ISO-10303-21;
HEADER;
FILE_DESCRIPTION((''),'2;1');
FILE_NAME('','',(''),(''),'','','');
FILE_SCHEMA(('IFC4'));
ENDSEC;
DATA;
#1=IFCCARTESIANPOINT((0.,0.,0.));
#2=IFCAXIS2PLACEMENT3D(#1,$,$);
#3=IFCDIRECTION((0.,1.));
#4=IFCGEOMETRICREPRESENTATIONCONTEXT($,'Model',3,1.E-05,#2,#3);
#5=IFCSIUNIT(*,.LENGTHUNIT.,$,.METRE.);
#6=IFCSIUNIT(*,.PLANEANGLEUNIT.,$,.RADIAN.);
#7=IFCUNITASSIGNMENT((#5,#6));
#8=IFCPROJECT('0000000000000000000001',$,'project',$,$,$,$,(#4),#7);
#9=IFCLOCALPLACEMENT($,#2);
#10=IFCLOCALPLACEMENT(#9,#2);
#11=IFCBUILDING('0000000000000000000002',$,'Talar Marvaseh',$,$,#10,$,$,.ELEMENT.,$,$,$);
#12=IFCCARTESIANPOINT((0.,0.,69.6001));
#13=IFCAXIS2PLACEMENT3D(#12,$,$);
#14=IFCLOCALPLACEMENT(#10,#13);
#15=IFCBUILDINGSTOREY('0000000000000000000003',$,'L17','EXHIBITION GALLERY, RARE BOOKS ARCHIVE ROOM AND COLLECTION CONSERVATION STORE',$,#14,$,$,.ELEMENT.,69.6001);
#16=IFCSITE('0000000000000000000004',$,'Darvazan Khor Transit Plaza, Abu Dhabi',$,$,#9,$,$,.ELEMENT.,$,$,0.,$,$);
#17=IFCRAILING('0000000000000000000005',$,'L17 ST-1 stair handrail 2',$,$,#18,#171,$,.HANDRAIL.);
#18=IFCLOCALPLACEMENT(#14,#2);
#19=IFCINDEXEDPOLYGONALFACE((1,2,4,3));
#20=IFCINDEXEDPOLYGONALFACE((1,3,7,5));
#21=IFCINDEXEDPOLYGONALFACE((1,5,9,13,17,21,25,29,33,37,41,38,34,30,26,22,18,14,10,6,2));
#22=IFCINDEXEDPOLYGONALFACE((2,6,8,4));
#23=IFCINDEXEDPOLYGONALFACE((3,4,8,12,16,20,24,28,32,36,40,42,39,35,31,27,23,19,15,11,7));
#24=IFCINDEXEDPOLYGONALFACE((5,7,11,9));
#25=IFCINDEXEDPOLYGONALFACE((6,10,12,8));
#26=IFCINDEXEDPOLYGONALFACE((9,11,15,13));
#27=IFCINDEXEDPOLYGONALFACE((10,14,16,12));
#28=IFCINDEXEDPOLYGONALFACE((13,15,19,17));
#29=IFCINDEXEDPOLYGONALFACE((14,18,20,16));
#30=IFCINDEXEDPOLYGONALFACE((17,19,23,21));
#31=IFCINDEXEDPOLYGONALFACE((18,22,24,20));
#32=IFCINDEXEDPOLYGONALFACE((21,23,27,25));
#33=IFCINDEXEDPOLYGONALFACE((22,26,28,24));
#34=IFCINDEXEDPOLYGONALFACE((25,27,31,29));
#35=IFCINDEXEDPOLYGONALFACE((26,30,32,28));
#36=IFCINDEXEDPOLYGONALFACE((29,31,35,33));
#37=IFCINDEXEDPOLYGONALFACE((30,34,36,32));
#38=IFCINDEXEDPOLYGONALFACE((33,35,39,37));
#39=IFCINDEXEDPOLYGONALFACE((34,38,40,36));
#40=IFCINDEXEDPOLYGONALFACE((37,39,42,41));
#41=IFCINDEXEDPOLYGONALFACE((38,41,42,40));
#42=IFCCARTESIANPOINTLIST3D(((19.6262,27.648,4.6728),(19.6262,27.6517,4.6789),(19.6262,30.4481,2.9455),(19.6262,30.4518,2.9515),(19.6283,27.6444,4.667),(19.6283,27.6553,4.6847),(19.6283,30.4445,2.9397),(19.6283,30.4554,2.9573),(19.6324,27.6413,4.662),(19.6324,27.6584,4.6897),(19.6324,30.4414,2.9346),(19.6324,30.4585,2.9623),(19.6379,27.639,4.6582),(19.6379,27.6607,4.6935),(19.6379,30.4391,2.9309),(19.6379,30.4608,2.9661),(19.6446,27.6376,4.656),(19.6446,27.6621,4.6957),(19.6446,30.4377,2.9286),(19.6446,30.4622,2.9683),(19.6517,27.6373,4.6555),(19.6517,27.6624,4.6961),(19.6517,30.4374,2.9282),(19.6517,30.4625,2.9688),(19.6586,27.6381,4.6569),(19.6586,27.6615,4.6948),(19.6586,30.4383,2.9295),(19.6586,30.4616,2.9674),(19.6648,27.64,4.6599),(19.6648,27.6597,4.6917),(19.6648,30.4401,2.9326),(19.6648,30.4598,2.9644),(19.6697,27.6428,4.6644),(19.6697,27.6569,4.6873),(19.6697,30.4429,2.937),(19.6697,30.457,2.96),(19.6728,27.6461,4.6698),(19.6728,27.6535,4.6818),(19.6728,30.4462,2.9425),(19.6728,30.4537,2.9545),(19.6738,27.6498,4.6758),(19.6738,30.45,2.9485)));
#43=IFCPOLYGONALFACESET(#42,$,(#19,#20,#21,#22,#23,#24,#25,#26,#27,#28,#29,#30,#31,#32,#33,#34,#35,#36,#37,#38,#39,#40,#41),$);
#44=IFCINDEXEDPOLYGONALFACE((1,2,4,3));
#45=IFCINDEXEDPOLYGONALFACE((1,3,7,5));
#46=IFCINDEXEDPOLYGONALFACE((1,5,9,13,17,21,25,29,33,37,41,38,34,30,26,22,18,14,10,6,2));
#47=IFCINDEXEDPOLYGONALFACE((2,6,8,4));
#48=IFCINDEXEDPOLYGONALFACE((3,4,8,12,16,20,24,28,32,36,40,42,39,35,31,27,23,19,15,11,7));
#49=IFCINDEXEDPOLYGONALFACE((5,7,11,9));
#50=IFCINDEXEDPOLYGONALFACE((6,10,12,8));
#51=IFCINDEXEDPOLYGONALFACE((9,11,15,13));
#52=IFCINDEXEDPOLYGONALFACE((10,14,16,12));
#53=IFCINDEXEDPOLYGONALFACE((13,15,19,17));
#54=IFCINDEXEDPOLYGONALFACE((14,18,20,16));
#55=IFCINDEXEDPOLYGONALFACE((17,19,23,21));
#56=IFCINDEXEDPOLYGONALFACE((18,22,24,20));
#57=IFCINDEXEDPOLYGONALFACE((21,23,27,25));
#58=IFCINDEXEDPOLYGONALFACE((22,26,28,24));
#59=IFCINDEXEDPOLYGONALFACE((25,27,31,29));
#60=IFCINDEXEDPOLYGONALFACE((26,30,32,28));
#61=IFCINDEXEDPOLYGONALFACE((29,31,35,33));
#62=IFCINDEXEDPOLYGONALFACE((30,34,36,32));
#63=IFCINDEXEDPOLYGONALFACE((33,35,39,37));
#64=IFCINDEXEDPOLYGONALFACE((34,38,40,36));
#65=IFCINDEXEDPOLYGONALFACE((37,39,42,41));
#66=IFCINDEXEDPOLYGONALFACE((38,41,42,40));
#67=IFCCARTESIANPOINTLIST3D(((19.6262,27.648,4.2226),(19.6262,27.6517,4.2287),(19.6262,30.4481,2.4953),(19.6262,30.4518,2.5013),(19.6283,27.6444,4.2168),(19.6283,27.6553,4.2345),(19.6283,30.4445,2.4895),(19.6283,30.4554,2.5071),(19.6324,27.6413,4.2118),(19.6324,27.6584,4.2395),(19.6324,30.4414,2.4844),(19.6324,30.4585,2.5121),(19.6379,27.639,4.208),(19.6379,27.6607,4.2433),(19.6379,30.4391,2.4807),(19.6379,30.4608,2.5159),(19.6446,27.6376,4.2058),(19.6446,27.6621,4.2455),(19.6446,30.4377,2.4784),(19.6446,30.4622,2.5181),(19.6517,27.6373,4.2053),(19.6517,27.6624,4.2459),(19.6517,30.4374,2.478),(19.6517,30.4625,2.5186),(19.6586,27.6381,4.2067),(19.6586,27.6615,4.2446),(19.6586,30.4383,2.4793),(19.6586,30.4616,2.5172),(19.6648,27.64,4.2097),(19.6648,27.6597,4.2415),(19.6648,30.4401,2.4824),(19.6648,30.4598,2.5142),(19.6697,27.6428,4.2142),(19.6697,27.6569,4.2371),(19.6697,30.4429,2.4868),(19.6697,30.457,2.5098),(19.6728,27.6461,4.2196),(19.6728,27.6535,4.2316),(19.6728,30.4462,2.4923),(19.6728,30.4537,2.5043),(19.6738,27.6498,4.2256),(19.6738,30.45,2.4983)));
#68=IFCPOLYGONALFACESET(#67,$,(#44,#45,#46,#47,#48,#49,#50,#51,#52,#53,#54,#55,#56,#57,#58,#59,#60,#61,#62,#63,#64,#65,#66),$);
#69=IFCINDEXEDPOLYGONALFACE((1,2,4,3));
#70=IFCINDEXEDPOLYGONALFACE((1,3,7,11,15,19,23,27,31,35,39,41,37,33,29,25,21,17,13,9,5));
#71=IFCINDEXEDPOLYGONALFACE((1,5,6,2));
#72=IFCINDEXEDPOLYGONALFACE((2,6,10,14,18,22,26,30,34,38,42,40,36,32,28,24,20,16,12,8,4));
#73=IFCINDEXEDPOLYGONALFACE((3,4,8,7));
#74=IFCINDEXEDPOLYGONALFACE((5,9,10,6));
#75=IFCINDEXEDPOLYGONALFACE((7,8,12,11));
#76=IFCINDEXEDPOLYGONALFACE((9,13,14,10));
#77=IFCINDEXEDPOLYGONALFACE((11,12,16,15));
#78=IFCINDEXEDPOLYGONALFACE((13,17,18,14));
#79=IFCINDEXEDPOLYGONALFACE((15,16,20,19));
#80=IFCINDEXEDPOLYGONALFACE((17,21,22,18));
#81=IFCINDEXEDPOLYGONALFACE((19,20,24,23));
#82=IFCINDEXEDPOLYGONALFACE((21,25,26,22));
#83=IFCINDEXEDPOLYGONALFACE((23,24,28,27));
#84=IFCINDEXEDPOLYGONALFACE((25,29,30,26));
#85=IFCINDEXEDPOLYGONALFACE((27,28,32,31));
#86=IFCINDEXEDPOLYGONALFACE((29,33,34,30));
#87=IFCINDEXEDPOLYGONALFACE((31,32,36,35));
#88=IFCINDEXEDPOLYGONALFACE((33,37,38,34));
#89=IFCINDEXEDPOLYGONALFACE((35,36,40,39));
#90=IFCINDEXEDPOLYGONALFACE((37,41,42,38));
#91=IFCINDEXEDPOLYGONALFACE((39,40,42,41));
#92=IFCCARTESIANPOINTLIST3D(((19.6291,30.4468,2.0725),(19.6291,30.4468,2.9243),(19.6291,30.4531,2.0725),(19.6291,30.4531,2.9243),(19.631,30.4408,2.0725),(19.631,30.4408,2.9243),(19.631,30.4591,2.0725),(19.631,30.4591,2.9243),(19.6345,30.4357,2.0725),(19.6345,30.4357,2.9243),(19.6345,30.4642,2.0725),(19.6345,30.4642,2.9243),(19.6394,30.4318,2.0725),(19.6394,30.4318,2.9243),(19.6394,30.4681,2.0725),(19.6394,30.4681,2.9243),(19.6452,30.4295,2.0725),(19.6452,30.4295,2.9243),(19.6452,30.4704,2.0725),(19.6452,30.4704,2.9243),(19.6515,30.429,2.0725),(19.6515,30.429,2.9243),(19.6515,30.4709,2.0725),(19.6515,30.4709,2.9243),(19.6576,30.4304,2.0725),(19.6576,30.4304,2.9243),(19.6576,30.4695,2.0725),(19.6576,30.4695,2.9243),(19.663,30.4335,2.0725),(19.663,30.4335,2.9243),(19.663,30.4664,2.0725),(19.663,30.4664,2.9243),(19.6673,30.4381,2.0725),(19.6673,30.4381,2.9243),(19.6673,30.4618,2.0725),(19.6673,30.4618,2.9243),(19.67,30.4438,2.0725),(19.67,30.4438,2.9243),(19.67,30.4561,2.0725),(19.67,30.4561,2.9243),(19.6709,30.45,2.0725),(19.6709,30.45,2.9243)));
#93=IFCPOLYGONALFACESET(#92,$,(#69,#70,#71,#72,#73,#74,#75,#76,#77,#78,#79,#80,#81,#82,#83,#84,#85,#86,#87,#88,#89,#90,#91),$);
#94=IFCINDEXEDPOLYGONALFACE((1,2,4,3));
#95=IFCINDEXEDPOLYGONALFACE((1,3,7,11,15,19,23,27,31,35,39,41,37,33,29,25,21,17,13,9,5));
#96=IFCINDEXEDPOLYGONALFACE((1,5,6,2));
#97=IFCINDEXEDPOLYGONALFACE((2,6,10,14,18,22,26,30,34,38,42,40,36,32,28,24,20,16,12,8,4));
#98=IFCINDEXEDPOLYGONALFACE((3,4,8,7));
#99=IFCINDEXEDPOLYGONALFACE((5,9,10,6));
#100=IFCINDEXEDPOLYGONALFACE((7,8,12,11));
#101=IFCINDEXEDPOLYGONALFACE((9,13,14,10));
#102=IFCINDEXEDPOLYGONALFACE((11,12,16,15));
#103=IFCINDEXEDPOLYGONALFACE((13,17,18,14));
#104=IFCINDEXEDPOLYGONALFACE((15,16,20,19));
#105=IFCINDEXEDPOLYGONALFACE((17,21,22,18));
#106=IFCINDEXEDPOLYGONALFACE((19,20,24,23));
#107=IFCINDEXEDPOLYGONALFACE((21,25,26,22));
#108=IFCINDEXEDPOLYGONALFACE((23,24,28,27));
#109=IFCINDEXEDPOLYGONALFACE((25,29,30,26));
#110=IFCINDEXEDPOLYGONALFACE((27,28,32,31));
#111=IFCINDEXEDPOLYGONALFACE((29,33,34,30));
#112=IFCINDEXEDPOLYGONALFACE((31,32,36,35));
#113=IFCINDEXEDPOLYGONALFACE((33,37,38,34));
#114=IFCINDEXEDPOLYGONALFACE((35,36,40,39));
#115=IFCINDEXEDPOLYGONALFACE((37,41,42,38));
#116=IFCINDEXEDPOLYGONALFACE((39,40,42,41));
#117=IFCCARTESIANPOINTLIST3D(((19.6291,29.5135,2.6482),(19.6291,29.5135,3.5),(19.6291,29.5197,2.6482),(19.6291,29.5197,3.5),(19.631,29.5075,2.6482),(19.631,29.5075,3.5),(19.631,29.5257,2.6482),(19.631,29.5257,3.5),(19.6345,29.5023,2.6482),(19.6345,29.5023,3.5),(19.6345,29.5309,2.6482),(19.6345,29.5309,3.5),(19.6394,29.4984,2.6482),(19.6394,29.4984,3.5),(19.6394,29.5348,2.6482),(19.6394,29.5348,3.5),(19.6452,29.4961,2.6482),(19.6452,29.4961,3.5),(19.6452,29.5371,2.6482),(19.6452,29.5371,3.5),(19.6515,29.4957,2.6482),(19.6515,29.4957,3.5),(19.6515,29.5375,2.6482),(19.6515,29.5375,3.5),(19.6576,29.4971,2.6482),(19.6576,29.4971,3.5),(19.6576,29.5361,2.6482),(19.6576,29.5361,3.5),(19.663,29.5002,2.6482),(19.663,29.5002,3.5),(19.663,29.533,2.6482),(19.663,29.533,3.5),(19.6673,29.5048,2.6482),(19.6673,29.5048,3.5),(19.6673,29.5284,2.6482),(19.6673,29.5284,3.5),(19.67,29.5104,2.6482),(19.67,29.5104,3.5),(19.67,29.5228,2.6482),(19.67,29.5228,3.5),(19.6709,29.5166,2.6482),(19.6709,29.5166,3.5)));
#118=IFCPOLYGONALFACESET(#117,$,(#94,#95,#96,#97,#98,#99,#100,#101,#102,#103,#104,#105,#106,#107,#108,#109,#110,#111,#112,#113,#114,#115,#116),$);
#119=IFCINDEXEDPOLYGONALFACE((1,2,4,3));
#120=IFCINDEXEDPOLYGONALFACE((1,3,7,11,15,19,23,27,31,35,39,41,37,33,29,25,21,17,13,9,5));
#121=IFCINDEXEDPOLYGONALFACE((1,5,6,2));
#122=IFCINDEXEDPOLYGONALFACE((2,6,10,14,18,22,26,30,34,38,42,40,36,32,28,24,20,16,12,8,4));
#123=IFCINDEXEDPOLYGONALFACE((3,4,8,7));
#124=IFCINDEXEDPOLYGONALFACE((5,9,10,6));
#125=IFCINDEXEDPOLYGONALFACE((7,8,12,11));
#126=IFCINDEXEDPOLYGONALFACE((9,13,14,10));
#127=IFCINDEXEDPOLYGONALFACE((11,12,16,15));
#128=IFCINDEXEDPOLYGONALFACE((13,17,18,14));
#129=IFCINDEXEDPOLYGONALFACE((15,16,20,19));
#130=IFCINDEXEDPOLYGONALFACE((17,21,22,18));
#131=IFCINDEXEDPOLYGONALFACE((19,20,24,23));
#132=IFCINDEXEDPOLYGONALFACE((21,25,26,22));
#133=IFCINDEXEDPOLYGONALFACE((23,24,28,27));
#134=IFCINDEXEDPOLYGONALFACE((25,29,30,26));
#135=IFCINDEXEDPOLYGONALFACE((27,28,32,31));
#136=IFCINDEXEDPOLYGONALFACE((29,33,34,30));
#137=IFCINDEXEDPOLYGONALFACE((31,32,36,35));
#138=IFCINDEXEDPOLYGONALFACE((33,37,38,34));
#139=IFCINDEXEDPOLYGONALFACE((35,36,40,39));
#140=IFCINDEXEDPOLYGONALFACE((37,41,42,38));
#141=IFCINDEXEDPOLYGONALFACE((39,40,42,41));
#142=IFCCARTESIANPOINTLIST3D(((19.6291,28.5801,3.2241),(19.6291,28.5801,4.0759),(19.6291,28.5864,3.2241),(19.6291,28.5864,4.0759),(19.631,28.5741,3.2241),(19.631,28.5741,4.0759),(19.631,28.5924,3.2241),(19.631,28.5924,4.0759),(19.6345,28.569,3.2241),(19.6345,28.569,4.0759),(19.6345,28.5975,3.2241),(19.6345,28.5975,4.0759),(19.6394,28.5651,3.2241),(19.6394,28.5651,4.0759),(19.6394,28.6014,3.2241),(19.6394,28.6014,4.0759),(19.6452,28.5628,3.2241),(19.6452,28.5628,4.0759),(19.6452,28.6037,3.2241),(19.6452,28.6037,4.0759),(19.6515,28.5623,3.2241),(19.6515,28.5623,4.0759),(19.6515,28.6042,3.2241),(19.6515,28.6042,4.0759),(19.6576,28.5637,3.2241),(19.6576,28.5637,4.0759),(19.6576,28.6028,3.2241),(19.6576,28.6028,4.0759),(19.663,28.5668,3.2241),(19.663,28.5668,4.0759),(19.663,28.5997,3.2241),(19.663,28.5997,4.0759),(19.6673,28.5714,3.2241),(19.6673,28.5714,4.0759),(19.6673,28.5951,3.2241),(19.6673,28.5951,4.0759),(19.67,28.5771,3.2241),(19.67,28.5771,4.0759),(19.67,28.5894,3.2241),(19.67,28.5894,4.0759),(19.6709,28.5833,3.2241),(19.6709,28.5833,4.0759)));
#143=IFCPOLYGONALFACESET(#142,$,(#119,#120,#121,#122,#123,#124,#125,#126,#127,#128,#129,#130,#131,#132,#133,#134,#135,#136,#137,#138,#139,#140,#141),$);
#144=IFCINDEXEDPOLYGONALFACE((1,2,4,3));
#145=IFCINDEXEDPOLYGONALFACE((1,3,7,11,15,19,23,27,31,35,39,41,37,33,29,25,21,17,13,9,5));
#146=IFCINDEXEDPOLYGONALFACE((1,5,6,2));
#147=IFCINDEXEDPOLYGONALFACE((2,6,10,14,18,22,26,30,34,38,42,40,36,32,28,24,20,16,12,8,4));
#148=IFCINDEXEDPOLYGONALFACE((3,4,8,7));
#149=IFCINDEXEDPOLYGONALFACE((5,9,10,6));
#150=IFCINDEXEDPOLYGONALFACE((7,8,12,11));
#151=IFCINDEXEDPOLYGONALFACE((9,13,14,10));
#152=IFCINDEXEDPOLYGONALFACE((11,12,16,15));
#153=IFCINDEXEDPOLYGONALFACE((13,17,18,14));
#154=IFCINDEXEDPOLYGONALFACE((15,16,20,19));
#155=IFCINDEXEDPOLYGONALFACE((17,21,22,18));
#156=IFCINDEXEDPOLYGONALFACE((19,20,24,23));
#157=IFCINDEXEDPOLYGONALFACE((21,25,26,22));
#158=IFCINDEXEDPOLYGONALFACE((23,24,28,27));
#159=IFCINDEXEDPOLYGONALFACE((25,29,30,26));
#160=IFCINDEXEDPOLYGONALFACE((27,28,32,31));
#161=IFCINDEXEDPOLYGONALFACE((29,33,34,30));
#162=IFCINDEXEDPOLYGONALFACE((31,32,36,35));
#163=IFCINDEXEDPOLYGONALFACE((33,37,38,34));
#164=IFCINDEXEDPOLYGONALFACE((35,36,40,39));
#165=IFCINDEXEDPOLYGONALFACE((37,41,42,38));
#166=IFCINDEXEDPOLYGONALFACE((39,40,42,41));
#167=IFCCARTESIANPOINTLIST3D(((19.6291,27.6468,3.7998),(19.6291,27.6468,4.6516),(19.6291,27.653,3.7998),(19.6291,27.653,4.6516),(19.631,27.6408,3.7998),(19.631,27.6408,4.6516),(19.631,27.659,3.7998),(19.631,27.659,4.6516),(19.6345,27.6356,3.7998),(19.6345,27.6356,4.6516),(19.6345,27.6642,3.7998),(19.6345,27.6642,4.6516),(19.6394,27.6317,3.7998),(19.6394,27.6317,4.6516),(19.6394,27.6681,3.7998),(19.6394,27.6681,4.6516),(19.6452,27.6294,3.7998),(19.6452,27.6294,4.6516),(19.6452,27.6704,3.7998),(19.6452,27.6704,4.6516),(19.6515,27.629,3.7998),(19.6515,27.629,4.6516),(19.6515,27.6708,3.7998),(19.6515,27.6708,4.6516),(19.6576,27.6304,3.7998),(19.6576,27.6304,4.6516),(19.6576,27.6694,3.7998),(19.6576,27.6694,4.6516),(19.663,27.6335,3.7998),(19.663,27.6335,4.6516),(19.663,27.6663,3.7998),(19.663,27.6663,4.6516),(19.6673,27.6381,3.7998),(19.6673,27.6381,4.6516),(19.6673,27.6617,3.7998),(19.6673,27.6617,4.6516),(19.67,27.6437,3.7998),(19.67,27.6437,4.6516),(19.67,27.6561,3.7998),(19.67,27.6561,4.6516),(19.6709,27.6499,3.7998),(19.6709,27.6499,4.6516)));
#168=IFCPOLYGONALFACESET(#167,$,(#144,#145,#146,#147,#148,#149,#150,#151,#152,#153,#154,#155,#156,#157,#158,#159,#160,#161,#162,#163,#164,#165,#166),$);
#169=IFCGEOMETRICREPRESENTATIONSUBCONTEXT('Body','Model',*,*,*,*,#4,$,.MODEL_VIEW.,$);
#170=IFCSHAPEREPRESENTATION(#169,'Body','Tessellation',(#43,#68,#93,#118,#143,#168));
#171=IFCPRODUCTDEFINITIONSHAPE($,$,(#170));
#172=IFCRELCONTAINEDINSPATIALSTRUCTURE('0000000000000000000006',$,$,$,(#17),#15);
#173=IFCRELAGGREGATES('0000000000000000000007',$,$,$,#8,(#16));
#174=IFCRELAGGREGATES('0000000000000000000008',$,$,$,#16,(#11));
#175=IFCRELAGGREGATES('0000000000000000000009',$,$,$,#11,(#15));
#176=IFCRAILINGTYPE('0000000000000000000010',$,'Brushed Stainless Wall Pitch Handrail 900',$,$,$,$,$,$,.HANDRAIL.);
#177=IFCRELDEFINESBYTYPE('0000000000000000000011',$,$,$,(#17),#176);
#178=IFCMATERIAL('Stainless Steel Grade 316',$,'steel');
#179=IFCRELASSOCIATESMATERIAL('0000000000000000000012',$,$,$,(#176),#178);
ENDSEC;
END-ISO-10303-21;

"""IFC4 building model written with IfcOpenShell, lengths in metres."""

from ifc_helpers import new_model, si_unit, direction, frame, origin, origin_2d, place, context, subcontext, project, spatial, circle, extrude, material, type_object, element, save


model = new_model("IFC4")

# Units and contexts
model_context = context("Model", 3, precision=1e-05, world=origin(), true_north=direction((0.0, 1.0)))
body_context = subcontext(model_context, "Body", "Model", "MODEL_VIEW")
ifc_project = project(units=[si_unit("LENGTHUNIT", "METRE"), si_unit("PLANEANGLEUNIT", "RADIAN")], contexts=[model_context])

# Site, building, storey
site_placement = place(None, origin())
site = spatial("IfcSite", under=ifc_project, at=site_placement, Name="Darvazan Khor Transit Plaza, Abu Dhabi", CompositionType="ELEMENT", RefElevation=0.0)
building_placement = place(site_placement, origin())
building = spatial("IfcBuilding", under=site, at=building_placement, Name="Talar Marvaseh", CompositionType="ELEMENT")
storey_placement = place(building_placement, frame((0.0, 0.0, 69.6001)))
storey = spatial("IfcBuildingStorey", under=building, at=storey_placement, Name="L17", Description="EXHIBITION GALLERY, RARE BOOKS ARCHIVE ROOM AND COLLECTION CONSERVATION STORE", CompositionType="ELEMENT", Elevation=69.6001)

# Railing
ifc_material_1 = material(Name="Stainless Steel Grade 316", Category="steel")
railing_type_1 = type_object("IfcRailingType", Name="Brushed Stainless Wall Pitch Handrail 900", PredefinedType="HANDRAIL", material=ifc_material_1)
railing_1_placement = place(storey_placement, frame((19.6499, 30.45, 2.0725)))
element("IfcRailing", 1, at=railing_1_placement, inside=storey, type_object=railing_type_1, Name="L17 ST-1 stair handrail 2", PredefinedType="HANDRAIL", context=body_context, shape_type="SweptSolid", body=[
    extrude(circle(Radius=0.0239, at=origin_2d()), frame((0.0, 0.0, 0.876), z_axis=(0.0, -0.85109, 0.52502), x_axis=(1.0, 0.0, 0.0)), (0.0, 0.0, 1.0), 3.29),
    extrude(circle(Radius=0.0239, at=origin_2d()), frame((0.0, 0.0, 0.4258), z_axis=(0.0, -0.85109, 0.52502), x_axis=(1.0, 0.0, 0.0)), (0.0, 0.0, 1.0), 3.29),
    extrude(circle(Radius=0.021, at=origin_2d()), origin(), (0.0, 0.0, 1.0), 0.8518),
    extrude(circle(Radius=0.021, at=origin_2d()), frame((0.0, -0.9333, 0.5757)), (0.0, 0.0, 1.0), 0.8518),
    extrude(circle(Radius=0.021, at=origin_2d()), frame((0.0, -1.8667, 1.1516)), (0.0, 0.0, 1.0), 0.8518),
    extrude(circle(Radius=0.021, at=origin_2d()), frame((0.0, -2.8, 1.7273)), (0.0, 0.0, 1.0), 0.8518),
])

save(model, "model.ifc")
